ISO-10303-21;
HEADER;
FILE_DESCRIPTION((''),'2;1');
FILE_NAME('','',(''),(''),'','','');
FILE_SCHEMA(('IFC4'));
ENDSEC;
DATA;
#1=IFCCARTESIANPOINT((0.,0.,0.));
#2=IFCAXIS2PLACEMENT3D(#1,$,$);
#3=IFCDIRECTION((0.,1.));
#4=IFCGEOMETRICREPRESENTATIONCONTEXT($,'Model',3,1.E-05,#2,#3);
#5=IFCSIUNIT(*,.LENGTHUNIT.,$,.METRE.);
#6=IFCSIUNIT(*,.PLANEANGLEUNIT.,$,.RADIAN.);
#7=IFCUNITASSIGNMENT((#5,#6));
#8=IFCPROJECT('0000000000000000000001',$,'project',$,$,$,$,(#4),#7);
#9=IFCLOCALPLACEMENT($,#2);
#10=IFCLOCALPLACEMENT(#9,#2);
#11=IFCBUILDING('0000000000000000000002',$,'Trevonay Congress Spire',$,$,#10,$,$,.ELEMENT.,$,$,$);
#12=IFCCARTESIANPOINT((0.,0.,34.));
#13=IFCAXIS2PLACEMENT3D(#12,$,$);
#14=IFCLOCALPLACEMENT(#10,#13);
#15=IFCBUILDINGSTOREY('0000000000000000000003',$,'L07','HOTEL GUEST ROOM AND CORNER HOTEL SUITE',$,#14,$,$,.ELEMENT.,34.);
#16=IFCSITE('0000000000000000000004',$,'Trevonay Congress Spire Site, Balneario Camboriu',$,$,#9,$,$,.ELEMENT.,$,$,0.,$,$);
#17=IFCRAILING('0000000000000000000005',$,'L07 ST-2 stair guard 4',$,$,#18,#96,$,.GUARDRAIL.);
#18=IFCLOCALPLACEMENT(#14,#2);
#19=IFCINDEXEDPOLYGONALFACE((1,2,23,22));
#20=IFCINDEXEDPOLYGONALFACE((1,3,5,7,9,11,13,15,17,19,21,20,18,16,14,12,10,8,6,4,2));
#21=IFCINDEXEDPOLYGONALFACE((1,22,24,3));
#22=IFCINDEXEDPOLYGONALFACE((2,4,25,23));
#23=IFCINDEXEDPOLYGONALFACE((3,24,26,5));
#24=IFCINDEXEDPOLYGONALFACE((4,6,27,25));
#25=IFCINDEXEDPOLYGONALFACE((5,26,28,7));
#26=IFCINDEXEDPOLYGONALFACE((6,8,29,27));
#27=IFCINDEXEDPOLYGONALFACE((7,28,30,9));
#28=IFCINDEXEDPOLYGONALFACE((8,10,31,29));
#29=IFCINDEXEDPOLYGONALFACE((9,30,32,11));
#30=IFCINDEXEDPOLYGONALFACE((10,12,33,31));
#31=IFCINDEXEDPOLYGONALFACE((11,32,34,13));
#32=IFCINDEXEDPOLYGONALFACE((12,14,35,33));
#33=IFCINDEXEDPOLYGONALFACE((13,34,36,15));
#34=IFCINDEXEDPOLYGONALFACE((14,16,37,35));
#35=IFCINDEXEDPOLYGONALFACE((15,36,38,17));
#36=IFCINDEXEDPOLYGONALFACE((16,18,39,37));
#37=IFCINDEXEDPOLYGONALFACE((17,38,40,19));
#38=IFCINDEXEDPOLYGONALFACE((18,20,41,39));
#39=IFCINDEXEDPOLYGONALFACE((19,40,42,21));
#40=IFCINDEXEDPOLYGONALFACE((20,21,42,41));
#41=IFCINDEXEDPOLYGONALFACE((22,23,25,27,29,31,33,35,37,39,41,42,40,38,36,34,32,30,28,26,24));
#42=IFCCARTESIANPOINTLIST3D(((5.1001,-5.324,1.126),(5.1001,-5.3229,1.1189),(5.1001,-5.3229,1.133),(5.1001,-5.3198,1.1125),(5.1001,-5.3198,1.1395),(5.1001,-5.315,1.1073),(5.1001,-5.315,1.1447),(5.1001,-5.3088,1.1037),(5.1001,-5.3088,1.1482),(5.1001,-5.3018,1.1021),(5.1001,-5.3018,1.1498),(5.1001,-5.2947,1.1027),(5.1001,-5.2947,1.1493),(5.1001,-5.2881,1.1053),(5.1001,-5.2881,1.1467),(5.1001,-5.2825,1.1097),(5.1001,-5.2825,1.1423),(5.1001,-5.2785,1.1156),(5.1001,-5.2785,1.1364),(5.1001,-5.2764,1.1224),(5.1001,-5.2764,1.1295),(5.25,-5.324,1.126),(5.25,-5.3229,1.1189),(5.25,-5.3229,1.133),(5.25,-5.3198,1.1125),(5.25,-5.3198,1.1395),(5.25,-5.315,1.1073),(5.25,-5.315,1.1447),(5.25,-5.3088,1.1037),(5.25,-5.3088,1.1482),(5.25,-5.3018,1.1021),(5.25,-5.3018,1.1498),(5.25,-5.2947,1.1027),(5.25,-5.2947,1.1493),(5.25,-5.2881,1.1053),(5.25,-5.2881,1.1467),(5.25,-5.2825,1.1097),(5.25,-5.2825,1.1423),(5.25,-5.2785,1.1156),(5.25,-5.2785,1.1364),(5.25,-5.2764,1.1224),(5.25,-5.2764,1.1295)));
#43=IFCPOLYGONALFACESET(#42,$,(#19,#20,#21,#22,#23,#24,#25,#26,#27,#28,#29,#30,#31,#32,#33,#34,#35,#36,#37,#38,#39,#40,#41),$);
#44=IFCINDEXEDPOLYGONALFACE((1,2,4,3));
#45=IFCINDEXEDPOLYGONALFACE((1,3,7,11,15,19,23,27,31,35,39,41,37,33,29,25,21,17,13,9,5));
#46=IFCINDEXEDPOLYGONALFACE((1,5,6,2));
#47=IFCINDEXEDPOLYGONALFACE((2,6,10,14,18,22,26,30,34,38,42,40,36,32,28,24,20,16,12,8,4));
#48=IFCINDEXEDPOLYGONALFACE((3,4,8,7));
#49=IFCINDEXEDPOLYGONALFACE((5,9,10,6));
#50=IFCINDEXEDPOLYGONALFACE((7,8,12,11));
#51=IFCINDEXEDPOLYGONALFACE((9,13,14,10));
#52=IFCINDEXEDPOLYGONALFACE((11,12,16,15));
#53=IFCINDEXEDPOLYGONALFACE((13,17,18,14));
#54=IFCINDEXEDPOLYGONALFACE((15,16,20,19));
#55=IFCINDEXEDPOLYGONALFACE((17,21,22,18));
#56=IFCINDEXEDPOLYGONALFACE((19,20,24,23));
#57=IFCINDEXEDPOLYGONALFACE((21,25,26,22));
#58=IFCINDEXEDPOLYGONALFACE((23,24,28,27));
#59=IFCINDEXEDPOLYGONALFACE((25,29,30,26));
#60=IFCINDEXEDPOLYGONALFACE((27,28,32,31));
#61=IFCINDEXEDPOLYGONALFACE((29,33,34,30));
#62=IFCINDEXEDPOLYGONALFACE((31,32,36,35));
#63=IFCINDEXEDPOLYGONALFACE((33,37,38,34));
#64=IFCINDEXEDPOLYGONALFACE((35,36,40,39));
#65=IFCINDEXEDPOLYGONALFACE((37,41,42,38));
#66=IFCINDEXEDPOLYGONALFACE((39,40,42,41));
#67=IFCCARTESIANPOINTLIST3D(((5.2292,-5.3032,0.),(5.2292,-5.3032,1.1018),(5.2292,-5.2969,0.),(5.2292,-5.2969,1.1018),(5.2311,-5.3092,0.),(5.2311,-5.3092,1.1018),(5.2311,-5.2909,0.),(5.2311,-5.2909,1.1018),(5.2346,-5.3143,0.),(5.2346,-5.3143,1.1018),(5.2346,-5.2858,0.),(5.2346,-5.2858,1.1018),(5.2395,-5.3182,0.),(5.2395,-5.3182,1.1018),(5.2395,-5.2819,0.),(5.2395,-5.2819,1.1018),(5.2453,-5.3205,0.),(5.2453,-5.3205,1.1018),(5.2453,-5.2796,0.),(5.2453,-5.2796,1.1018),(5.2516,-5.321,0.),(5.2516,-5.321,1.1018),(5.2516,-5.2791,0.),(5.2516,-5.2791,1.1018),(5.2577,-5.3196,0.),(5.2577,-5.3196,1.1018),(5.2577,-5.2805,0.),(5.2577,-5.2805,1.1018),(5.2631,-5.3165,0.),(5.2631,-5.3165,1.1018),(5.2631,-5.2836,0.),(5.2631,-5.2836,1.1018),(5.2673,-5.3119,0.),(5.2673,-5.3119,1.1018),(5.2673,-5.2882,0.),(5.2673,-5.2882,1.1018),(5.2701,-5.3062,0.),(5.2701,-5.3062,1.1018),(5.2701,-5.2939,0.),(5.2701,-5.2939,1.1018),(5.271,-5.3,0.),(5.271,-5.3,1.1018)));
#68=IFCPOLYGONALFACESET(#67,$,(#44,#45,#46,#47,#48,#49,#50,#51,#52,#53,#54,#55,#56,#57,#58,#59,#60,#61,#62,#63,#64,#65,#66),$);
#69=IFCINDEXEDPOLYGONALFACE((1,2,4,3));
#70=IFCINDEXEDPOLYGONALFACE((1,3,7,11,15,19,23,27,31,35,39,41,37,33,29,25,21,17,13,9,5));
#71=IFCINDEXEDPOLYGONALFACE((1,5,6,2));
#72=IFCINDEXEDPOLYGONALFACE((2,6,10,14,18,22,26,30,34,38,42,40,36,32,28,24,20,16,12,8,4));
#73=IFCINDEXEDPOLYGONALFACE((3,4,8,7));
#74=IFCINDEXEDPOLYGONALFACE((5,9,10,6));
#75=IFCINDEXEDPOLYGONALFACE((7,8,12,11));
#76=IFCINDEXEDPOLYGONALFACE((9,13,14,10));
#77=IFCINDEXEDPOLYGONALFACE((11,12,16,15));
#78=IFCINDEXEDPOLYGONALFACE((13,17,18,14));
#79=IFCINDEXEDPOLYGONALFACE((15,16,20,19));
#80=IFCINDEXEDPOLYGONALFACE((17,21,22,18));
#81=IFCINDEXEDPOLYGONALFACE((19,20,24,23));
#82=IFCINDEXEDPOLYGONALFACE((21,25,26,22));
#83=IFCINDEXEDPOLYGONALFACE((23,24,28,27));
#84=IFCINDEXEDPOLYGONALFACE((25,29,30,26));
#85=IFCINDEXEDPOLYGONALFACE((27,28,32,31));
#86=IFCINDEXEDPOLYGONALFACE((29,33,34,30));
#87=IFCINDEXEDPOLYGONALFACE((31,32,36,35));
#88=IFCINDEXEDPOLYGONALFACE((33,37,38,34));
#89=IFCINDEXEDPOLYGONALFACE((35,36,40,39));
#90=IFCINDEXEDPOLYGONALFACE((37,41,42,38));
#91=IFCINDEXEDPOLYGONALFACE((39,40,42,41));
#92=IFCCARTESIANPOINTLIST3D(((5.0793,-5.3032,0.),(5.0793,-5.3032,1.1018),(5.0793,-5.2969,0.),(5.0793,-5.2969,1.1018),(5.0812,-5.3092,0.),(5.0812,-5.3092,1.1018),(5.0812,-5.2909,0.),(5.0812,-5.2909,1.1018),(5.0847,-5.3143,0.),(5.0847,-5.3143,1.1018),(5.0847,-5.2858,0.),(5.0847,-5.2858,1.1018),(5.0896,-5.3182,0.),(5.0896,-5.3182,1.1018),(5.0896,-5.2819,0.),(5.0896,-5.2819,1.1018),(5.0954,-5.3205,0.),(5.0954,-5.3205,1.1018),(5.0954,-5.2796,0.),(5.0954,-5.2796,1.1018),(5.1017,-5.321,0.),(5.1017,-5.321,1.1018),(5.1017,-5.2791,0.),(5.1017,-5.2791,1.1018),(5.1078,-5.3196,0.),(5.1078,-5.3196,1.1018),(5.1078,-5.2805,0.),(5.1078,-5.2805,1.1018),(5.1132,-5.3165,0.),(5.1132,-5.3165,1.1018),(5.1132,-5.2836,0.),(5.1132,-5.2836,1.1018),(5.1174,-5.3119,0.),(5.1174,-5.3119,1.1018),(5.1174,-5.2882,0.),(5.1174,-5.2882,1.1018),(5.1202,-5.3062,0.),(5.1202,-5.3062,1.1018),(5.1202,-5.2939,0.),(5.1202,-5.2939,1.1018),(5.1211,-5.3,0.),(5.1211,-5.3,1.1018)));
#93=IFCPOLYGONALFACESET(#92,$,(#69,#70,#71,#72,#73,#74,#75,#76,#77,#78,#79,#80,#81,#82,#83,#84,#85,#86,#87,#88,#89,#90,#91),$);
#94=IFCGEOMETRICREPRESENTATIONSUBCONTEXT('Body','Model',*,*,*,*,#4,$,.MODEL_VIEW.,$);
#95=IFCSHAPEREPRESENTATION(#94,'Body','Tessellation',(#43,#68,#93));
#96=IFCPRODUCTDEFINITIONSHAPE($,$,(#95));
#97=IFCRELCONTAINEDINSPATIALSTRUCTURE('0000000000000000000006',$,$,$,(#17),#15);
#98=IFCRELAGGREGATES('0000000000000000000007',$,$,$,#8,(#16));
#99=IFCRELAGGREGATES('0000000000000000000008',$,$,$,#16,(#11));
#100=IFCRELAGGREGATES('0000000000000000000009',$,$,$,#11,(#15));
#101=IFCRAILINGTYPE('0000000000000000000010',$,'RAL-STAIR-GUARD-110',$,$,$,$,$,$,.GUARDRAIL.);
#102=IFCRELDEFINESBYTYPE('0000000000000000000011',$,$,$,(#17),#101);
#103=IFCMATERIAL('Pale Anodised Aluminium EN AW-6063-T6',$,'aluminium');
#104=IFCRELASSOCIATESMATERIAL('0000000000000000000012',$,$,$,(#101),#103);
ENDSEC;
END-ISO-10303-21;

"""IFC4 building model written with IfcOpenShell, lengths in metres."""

from ifc_helpers import new_model, si_unit, direction, frame, origin, origin_2d, place, context, subcontext, project, spatial, circle, extrude, material, type_object, element, save


model = new_model("IFC4")

# Units and contexts
model_context = context("Model", 3, precision=1e-05, world=origin(), true_north=direction((0.0, 1.0)))
body_context = subcontext(model_context, "Body", "Model", "MODEL_VIEW")
ifc_project = project(units=[si_unit("LENGTHUNIT", "METRE"), si_unit("PLANEANGLEUNIT", "RADIAN")], contexts=[model_context])

# Site, building, storey
site_placement = place(None, origin())
site = spatial("IfcSite", under=ifc_project, at=site_placement, Name="Trevonay Congress Spire Site, Balneario Camboriu", CompositionType="ELEMENT", RefElevation=0.0)
building_placement = place(site_placement, origin())
building = spatial("IfcBuilding", under=site, at=building_placement, Name="Trevonay Congress Spire", CompositionType="ELEMENT")
storey_placement = place(building_placement, frame((0.0, 0.0, 34.0)))
storey = spatial("IfcBuildingStorey", under=building, at=storey_placement, Name="L07", Description="HOTEL GUEST ROOM AND CORNER HOTEL SUITE", CompositionType="ELEMENT", Elevation=34.0)

# Shared definitions
ifc_material_1 = material(Name="Pale Anodised Aluminium EN AW-6063-T6", Category="aluminium")

# Railing
railing_type_1 = type_object("IfcRailingType", Name="RAL-STAIR-GUARD-110", PredefinedType="GUARDRAIL", material=ifc_material_1)
railing_1_placement = place(storey_placement, frame((5.25, -5.3, 0.0)))
element("IfcRailing", 1, at=railing_1_placement, inside=storey, type_object=railing_type_1, Name="L07 ST-2 stair guard 4", PredefinedType="GUARDRAIL", context=body_context, shape_type="SweptSolid", body=[
    extrude(circle(Radius=0.0239, at=origin_2d()), frame((0.0, 0.0, 1.126), z_axis=(-1.0, 0.0, 0.0), x_axis=(0.0, -1.0, 0.0)), (0.0, 0.0, 1.0), 0.1499),
    extrude(circle(Radius=0.021, at=origin_2d()), origin(), (0.0, 0.0, 1.0), 1.1018),
    extrude(circle(Radius=0.021, at=origin_2d()), frame((-0.1499, 0.0, 0.0)), (0.0, 0.0, 1.0), 1.1018),
])

save(model, "model.ifc")
